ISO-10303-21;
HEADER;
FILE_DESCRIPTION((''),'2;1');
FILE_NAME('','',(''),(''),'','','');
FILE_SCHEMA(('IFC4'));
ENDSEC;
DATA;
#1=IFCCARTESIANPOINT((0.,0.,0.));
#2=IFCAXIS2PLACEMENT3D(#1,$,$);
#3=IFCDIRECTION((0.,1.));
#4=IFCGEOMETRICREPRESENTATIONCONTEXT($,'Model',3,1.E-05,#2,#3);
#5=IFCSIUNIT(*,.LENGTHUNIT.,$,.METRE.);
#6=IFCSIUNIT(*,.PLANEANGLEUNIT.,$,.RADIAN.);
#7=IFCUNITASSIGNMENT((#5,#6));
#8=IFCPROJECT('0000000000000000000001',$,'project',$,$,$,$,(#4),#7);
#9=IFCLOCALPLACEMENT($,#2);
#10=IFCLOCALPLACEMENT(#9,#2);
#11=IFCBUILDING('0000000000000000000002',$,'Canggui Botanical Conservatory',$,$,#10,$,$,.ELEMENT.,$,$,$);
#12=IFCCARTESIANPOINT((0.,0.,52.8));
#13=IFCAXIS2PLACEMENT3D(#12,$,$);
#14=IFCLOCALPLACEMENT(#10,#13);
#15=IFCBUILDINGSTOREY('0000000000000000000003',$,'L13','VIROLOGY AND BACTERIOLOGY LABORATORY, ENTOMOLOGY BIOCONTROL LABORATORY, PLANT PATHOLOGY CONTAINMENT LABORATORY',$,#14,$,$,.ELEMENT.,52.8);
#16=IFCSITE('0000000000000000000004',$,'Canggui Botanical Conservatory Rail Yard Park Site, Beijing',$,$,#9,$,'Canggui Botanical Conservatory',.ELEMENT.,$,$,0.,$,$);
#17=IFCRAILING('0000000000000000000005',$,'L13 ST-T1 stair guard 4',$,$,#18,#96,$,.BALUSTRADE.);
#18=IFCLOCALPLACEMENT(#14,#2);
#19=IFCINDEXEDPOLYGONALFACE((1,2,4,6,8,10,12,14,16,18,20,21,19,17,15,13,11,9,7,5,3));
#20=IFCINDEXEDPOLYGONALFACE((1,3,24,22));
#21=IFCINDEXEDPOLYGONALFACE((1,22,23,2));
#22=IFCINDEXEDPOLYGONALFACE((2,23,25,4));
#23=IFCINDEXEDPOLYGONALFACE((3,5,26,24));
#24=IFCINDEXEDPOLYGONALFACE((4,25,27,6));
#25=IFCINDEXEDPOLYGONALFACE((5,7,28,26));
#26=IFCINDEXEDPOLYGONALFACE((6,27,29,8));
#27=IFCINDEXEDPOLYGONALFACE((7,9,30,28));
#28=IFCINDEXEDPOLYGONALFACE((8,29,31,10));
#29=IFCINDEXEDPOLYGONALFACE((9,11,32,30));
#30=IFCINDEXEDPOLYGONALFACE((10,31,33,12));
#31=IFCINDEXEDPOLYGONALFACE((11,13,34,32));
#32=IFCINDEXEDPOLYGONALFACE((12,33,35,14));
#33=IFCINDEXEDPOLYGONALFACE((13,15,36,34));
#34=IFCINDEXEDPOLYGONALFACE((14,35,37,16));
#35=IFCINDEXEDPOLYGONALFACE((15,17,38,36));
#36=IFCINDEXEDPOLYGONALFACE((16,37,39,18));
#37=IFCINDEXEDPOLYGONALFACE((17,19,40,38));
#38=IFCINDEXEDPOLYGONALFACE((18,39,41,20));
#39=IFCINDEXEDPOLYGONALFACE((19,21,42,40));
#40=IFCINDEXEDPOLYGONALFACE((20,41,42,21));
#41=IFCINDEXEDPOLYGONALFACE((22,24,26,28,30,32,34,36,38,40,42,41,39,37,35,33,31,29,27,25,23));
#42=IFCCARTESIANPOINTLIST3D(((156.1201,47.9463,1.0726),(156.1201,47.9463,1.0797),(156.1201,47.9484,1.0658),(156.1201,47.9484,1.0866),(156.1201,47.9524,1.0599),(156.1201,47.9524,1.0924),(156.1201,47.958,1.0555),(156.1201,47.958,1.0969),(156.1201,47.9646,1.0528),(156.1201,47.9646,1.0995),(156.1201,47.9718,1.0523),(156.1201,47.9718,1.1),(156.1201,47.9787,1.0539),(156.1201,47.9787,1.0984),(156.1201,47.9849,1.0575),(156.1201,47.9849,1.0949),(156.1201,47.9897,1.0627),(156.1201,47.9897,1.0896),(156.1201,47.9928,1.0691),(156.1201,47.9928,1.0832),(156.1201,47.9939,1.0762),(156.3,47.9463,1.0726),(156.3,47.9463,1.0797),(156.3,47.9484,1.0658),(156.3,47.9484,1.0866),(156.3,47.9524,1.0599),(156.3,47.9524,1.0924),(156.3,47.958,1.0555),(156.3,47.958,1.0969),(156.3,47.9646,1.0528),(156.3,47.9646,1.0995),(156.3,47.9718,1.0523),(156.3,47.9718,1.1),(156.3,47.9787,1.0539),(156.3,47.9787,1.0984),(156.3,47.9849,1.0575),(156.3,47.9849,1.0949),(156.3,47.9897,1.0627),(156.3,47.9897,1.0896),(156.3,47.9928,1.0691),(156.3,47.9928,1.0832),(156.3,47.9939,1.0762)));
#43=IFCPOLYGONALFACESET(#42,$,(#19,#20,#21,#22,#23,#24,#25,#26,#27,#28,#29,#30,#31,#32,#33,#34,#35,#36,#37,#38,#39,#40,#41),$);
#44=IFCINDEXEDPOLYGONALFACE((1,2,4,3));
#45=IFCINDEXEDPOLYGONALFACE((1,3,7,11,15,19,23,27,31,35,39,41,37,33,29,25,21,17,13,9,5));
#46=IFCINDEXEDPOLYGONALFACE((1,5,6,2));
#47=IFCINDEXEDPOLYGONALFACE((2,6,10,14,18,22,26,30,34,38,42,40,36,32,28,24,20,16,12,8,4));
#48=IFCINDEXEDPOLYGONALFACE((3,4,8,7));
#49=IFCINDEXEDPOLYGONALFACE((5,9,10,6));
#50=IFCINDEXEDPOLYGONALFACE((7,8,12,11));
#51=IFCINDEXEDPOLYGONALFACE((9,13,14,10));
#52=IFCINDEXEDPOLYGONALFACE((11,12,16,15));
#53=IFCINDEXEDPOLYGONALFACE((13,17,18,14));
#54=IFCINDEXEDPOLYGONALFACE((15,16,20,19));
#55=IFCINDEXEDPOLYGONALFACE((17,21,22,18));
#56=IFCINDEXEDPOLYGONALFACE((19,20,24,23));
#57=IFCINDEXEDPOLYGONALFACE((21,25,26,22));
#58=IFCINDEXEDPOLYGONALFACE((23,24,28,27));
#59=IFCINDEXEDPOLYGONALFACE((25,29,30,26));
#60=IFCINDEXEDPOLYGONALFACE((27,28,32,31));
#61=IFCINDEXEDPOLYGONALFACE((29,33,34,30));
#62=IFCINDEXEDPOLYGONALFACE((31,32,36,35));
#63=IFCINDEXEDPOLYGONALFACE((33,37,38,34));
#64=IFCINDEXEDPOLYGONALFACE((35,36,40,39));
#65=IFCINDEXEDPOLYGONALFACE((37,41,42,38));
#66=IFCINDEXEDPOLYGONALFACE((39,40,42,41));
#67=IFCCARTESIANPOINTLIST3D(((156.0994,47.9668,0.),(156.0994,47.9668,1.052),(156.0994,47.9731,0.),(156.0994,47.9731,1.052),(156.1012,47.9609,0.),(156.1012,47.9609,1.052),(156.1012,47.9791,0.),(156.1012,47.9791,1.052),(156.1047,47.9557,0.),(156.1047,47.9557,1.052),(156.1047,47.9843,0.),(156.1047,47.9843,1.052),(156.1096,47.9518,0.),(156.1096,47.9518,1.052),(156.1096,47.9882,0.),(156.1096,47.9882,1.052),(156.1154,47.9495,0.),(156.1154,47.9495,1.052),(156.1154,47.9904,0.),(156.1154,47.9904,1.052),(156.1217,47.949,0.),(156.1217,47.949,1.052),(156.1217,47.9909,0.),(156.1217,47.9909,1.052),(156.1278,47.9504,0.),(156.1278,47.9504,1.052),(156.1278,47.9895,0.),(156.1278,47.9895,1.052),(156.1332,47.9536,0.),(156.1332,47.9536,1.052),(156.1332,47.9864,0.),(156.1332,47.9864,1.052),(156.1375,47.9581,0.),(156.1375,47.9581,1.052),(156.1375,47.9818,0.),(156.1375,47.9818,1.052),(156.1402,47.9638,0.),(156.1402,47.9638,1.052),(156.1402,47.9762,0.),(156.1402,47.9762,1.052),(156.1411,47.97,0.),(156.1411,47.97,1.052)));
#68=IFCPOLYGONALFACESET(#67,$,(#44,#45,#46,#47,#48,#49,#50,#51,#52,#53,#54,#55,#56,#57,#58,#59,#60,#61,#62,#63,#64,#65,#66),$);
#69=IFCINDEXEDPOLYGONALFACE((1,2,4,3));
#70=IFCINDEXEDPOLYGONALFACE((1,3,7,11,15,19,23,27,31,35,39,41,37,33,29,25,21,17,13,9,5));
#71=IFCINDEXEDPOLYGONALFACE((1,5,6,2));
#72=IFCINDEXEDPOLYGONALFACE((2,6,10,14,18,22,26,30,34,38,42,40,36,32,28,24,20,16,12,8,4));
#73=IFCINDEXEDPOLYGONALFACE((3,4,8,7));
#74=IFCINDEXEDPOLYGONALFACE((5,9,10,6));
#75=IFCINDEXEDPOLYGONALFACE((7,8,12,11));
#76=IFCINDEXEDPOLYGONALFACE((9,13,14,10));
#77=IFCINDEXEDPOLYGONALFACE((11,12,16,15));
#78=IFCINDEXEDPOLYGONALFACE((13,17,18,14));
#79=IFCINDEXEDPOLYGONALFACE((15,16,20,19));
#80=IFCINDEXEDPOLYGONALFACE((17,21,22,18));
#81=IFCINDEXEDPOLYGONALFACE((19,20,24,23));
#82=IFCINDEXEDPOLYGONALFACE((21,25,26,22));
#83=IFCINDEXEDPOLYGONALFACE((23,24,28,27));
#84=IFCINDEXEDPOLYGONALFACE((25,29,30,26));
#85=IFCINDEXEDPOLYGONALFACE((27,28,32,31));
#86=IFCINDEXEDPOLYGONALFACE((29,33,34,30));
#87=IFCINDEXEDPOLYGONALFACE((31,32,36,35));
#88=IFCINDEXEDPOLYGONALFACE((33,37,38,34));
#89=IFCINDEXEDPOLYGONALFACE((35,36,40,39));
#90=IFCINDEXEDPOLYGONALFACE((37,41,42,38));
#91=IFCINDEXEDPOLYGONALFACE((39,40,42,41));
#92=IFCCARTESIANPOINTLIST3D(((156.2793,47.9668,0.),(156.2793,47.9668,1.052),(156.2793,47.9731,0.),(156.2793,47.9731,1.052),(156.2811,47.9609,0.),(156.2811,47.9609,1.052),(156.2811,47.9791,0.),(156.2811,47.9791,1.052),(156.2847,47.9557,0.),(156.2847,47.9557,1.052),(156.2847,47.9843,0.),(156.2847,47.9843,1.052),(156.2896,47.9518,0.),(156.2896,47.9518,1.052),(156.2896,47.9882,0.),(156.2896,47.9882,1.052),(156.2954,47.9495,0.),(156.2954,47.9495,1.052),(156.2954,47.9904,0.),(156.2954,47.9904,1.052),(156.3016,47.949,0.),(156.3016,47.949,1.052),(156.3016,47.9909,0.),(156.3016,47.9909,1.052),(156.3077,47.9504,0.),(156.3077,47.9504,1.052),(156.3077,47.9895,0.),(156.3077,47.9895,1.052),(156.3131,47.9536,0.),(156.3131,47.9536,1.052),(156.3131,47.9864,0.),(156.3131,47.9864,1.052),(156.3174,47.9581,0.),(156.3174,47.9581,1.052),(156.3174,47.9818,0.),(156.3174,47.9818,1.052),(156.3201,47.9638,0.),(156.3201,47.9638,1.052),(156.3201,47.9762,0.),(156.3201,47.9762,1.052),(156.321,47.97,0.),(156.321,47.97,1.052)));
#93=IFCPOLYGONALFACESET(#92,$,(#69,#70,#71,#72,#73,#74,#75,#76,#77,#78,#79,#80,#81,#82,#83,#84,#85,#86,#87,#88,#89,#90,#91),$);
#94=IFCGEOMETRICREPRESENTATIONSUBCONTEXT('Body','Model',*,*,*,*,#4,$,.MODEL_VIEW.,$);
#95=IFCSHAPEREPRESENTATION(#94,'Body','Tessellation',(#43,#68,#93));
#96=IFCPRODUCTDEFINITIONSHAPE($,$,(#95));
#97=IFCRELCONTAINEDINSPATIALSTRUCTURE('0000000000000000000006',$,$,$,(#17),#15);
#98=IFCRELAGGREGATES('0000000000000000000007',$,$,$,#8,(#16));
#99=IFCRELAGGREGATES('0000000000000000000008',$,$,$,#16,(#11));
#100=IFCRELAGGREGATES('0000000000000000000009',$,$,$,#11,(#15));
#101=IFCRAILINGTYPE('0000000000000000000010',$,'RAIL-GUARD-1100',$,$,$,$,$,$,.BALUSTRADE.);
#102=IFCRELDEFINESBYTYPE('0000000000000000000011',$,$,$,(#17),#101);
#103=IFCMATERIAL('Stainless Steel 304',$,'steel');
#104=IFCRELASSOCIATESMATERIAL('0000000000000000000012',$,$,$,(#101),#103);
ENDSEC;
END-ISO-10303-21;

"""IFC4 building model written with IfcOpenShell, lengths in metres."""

from ifc_helpers import new_model, si_unit, direction, frame, origin, origin_2d, place, context, subcontext, project, spatial, circle, extrude, material, type_object, element, save


model = new_model("IFC4")

# Units and contexts
model_context = context("Model", 3, precision=1e-05, world=origin(), true_north=direction((0.0, 1.0)))
body_context = subcontext(model_context, "Body", "Model", "MODEL_VIEW")
ifc_project = project(units=[si_unit("LENGTHUNIT", "METRE"), si_unit("PLANEANGLEUNIT", "RADIAN")], contexts=[model_context])

# Site, building, storey
site_placement = place(None, origin())
site = spatial("IfcSite", under=ifc_project, at=site_placement, Name="Canggui Botanical Conservatory Rail Yard Park Site, Beijing", LongName="Canggui Botanical Conservatory", CompositionType="ELEMENT", RefElevation=0.0)
building_placement = place(site_placement, origin())
building = spatial("IfcBuilding", under=site, at=building_placement, Name="Canggui Botanical Conservatory", CompositionType="ELEMENT")
storey_placement = place(building_placement, frame((0.0, 0.0, 52.8)))
storey = spatial("IfcBuildingStorey", under=building, at=storey_placement, Name="L13", Description="VIROLOGY AND BACTERIOLOGY LABORATORY, ENTOMOLOGY BIOCONTROL LABORATORY, PLANT PATHOLOGY CONTAINMENT LABORATORY", CompositionType="ELEMENT", Elevation=52.8)

# Shared definitions
ifc_material_1 = material(Name="Stainless Steel 304", Category="steel")

# Railing
railing_type_1 = type_object("IfcRailingType", Name="RAIL-GUARD-1100", PredefinedType="BALUSTRADE", material=ifc_material_1)
railing_1_placement = place(storey_placement, frame((156.1201, 47.97, 0.0)))
element("IfcRailing", 1, at=railing_1_placement, inside=storey, type_object=railing_type_1, Name="L13 ST-T1 stair guard 4", PredefinedType="BALUSTRADE", context=body_context, shape_type="SweptSolid", body=[
    extrude(circle(Radius=0.0239, at=origin_2d()), frame((0.0, 0.0, 1.0762), z_axis=(1.0, 0.0, 0.0), x_axis=(0.0, 1.0, 0.0)), (0.0, 0.0, 1.0), 0.1799),
    extrude(circle(Radius=0.021, at=origin_2d()), origin(), (0.0, 0.0, 1.0), 1.052),
    extrude(circle(Radius=0.021, at=origin_2d()), frame((0.1799, 0.0, 0.0)), (0.0, 0.0, 1.0), 1.052),
])

save(model, "model.ifc")
